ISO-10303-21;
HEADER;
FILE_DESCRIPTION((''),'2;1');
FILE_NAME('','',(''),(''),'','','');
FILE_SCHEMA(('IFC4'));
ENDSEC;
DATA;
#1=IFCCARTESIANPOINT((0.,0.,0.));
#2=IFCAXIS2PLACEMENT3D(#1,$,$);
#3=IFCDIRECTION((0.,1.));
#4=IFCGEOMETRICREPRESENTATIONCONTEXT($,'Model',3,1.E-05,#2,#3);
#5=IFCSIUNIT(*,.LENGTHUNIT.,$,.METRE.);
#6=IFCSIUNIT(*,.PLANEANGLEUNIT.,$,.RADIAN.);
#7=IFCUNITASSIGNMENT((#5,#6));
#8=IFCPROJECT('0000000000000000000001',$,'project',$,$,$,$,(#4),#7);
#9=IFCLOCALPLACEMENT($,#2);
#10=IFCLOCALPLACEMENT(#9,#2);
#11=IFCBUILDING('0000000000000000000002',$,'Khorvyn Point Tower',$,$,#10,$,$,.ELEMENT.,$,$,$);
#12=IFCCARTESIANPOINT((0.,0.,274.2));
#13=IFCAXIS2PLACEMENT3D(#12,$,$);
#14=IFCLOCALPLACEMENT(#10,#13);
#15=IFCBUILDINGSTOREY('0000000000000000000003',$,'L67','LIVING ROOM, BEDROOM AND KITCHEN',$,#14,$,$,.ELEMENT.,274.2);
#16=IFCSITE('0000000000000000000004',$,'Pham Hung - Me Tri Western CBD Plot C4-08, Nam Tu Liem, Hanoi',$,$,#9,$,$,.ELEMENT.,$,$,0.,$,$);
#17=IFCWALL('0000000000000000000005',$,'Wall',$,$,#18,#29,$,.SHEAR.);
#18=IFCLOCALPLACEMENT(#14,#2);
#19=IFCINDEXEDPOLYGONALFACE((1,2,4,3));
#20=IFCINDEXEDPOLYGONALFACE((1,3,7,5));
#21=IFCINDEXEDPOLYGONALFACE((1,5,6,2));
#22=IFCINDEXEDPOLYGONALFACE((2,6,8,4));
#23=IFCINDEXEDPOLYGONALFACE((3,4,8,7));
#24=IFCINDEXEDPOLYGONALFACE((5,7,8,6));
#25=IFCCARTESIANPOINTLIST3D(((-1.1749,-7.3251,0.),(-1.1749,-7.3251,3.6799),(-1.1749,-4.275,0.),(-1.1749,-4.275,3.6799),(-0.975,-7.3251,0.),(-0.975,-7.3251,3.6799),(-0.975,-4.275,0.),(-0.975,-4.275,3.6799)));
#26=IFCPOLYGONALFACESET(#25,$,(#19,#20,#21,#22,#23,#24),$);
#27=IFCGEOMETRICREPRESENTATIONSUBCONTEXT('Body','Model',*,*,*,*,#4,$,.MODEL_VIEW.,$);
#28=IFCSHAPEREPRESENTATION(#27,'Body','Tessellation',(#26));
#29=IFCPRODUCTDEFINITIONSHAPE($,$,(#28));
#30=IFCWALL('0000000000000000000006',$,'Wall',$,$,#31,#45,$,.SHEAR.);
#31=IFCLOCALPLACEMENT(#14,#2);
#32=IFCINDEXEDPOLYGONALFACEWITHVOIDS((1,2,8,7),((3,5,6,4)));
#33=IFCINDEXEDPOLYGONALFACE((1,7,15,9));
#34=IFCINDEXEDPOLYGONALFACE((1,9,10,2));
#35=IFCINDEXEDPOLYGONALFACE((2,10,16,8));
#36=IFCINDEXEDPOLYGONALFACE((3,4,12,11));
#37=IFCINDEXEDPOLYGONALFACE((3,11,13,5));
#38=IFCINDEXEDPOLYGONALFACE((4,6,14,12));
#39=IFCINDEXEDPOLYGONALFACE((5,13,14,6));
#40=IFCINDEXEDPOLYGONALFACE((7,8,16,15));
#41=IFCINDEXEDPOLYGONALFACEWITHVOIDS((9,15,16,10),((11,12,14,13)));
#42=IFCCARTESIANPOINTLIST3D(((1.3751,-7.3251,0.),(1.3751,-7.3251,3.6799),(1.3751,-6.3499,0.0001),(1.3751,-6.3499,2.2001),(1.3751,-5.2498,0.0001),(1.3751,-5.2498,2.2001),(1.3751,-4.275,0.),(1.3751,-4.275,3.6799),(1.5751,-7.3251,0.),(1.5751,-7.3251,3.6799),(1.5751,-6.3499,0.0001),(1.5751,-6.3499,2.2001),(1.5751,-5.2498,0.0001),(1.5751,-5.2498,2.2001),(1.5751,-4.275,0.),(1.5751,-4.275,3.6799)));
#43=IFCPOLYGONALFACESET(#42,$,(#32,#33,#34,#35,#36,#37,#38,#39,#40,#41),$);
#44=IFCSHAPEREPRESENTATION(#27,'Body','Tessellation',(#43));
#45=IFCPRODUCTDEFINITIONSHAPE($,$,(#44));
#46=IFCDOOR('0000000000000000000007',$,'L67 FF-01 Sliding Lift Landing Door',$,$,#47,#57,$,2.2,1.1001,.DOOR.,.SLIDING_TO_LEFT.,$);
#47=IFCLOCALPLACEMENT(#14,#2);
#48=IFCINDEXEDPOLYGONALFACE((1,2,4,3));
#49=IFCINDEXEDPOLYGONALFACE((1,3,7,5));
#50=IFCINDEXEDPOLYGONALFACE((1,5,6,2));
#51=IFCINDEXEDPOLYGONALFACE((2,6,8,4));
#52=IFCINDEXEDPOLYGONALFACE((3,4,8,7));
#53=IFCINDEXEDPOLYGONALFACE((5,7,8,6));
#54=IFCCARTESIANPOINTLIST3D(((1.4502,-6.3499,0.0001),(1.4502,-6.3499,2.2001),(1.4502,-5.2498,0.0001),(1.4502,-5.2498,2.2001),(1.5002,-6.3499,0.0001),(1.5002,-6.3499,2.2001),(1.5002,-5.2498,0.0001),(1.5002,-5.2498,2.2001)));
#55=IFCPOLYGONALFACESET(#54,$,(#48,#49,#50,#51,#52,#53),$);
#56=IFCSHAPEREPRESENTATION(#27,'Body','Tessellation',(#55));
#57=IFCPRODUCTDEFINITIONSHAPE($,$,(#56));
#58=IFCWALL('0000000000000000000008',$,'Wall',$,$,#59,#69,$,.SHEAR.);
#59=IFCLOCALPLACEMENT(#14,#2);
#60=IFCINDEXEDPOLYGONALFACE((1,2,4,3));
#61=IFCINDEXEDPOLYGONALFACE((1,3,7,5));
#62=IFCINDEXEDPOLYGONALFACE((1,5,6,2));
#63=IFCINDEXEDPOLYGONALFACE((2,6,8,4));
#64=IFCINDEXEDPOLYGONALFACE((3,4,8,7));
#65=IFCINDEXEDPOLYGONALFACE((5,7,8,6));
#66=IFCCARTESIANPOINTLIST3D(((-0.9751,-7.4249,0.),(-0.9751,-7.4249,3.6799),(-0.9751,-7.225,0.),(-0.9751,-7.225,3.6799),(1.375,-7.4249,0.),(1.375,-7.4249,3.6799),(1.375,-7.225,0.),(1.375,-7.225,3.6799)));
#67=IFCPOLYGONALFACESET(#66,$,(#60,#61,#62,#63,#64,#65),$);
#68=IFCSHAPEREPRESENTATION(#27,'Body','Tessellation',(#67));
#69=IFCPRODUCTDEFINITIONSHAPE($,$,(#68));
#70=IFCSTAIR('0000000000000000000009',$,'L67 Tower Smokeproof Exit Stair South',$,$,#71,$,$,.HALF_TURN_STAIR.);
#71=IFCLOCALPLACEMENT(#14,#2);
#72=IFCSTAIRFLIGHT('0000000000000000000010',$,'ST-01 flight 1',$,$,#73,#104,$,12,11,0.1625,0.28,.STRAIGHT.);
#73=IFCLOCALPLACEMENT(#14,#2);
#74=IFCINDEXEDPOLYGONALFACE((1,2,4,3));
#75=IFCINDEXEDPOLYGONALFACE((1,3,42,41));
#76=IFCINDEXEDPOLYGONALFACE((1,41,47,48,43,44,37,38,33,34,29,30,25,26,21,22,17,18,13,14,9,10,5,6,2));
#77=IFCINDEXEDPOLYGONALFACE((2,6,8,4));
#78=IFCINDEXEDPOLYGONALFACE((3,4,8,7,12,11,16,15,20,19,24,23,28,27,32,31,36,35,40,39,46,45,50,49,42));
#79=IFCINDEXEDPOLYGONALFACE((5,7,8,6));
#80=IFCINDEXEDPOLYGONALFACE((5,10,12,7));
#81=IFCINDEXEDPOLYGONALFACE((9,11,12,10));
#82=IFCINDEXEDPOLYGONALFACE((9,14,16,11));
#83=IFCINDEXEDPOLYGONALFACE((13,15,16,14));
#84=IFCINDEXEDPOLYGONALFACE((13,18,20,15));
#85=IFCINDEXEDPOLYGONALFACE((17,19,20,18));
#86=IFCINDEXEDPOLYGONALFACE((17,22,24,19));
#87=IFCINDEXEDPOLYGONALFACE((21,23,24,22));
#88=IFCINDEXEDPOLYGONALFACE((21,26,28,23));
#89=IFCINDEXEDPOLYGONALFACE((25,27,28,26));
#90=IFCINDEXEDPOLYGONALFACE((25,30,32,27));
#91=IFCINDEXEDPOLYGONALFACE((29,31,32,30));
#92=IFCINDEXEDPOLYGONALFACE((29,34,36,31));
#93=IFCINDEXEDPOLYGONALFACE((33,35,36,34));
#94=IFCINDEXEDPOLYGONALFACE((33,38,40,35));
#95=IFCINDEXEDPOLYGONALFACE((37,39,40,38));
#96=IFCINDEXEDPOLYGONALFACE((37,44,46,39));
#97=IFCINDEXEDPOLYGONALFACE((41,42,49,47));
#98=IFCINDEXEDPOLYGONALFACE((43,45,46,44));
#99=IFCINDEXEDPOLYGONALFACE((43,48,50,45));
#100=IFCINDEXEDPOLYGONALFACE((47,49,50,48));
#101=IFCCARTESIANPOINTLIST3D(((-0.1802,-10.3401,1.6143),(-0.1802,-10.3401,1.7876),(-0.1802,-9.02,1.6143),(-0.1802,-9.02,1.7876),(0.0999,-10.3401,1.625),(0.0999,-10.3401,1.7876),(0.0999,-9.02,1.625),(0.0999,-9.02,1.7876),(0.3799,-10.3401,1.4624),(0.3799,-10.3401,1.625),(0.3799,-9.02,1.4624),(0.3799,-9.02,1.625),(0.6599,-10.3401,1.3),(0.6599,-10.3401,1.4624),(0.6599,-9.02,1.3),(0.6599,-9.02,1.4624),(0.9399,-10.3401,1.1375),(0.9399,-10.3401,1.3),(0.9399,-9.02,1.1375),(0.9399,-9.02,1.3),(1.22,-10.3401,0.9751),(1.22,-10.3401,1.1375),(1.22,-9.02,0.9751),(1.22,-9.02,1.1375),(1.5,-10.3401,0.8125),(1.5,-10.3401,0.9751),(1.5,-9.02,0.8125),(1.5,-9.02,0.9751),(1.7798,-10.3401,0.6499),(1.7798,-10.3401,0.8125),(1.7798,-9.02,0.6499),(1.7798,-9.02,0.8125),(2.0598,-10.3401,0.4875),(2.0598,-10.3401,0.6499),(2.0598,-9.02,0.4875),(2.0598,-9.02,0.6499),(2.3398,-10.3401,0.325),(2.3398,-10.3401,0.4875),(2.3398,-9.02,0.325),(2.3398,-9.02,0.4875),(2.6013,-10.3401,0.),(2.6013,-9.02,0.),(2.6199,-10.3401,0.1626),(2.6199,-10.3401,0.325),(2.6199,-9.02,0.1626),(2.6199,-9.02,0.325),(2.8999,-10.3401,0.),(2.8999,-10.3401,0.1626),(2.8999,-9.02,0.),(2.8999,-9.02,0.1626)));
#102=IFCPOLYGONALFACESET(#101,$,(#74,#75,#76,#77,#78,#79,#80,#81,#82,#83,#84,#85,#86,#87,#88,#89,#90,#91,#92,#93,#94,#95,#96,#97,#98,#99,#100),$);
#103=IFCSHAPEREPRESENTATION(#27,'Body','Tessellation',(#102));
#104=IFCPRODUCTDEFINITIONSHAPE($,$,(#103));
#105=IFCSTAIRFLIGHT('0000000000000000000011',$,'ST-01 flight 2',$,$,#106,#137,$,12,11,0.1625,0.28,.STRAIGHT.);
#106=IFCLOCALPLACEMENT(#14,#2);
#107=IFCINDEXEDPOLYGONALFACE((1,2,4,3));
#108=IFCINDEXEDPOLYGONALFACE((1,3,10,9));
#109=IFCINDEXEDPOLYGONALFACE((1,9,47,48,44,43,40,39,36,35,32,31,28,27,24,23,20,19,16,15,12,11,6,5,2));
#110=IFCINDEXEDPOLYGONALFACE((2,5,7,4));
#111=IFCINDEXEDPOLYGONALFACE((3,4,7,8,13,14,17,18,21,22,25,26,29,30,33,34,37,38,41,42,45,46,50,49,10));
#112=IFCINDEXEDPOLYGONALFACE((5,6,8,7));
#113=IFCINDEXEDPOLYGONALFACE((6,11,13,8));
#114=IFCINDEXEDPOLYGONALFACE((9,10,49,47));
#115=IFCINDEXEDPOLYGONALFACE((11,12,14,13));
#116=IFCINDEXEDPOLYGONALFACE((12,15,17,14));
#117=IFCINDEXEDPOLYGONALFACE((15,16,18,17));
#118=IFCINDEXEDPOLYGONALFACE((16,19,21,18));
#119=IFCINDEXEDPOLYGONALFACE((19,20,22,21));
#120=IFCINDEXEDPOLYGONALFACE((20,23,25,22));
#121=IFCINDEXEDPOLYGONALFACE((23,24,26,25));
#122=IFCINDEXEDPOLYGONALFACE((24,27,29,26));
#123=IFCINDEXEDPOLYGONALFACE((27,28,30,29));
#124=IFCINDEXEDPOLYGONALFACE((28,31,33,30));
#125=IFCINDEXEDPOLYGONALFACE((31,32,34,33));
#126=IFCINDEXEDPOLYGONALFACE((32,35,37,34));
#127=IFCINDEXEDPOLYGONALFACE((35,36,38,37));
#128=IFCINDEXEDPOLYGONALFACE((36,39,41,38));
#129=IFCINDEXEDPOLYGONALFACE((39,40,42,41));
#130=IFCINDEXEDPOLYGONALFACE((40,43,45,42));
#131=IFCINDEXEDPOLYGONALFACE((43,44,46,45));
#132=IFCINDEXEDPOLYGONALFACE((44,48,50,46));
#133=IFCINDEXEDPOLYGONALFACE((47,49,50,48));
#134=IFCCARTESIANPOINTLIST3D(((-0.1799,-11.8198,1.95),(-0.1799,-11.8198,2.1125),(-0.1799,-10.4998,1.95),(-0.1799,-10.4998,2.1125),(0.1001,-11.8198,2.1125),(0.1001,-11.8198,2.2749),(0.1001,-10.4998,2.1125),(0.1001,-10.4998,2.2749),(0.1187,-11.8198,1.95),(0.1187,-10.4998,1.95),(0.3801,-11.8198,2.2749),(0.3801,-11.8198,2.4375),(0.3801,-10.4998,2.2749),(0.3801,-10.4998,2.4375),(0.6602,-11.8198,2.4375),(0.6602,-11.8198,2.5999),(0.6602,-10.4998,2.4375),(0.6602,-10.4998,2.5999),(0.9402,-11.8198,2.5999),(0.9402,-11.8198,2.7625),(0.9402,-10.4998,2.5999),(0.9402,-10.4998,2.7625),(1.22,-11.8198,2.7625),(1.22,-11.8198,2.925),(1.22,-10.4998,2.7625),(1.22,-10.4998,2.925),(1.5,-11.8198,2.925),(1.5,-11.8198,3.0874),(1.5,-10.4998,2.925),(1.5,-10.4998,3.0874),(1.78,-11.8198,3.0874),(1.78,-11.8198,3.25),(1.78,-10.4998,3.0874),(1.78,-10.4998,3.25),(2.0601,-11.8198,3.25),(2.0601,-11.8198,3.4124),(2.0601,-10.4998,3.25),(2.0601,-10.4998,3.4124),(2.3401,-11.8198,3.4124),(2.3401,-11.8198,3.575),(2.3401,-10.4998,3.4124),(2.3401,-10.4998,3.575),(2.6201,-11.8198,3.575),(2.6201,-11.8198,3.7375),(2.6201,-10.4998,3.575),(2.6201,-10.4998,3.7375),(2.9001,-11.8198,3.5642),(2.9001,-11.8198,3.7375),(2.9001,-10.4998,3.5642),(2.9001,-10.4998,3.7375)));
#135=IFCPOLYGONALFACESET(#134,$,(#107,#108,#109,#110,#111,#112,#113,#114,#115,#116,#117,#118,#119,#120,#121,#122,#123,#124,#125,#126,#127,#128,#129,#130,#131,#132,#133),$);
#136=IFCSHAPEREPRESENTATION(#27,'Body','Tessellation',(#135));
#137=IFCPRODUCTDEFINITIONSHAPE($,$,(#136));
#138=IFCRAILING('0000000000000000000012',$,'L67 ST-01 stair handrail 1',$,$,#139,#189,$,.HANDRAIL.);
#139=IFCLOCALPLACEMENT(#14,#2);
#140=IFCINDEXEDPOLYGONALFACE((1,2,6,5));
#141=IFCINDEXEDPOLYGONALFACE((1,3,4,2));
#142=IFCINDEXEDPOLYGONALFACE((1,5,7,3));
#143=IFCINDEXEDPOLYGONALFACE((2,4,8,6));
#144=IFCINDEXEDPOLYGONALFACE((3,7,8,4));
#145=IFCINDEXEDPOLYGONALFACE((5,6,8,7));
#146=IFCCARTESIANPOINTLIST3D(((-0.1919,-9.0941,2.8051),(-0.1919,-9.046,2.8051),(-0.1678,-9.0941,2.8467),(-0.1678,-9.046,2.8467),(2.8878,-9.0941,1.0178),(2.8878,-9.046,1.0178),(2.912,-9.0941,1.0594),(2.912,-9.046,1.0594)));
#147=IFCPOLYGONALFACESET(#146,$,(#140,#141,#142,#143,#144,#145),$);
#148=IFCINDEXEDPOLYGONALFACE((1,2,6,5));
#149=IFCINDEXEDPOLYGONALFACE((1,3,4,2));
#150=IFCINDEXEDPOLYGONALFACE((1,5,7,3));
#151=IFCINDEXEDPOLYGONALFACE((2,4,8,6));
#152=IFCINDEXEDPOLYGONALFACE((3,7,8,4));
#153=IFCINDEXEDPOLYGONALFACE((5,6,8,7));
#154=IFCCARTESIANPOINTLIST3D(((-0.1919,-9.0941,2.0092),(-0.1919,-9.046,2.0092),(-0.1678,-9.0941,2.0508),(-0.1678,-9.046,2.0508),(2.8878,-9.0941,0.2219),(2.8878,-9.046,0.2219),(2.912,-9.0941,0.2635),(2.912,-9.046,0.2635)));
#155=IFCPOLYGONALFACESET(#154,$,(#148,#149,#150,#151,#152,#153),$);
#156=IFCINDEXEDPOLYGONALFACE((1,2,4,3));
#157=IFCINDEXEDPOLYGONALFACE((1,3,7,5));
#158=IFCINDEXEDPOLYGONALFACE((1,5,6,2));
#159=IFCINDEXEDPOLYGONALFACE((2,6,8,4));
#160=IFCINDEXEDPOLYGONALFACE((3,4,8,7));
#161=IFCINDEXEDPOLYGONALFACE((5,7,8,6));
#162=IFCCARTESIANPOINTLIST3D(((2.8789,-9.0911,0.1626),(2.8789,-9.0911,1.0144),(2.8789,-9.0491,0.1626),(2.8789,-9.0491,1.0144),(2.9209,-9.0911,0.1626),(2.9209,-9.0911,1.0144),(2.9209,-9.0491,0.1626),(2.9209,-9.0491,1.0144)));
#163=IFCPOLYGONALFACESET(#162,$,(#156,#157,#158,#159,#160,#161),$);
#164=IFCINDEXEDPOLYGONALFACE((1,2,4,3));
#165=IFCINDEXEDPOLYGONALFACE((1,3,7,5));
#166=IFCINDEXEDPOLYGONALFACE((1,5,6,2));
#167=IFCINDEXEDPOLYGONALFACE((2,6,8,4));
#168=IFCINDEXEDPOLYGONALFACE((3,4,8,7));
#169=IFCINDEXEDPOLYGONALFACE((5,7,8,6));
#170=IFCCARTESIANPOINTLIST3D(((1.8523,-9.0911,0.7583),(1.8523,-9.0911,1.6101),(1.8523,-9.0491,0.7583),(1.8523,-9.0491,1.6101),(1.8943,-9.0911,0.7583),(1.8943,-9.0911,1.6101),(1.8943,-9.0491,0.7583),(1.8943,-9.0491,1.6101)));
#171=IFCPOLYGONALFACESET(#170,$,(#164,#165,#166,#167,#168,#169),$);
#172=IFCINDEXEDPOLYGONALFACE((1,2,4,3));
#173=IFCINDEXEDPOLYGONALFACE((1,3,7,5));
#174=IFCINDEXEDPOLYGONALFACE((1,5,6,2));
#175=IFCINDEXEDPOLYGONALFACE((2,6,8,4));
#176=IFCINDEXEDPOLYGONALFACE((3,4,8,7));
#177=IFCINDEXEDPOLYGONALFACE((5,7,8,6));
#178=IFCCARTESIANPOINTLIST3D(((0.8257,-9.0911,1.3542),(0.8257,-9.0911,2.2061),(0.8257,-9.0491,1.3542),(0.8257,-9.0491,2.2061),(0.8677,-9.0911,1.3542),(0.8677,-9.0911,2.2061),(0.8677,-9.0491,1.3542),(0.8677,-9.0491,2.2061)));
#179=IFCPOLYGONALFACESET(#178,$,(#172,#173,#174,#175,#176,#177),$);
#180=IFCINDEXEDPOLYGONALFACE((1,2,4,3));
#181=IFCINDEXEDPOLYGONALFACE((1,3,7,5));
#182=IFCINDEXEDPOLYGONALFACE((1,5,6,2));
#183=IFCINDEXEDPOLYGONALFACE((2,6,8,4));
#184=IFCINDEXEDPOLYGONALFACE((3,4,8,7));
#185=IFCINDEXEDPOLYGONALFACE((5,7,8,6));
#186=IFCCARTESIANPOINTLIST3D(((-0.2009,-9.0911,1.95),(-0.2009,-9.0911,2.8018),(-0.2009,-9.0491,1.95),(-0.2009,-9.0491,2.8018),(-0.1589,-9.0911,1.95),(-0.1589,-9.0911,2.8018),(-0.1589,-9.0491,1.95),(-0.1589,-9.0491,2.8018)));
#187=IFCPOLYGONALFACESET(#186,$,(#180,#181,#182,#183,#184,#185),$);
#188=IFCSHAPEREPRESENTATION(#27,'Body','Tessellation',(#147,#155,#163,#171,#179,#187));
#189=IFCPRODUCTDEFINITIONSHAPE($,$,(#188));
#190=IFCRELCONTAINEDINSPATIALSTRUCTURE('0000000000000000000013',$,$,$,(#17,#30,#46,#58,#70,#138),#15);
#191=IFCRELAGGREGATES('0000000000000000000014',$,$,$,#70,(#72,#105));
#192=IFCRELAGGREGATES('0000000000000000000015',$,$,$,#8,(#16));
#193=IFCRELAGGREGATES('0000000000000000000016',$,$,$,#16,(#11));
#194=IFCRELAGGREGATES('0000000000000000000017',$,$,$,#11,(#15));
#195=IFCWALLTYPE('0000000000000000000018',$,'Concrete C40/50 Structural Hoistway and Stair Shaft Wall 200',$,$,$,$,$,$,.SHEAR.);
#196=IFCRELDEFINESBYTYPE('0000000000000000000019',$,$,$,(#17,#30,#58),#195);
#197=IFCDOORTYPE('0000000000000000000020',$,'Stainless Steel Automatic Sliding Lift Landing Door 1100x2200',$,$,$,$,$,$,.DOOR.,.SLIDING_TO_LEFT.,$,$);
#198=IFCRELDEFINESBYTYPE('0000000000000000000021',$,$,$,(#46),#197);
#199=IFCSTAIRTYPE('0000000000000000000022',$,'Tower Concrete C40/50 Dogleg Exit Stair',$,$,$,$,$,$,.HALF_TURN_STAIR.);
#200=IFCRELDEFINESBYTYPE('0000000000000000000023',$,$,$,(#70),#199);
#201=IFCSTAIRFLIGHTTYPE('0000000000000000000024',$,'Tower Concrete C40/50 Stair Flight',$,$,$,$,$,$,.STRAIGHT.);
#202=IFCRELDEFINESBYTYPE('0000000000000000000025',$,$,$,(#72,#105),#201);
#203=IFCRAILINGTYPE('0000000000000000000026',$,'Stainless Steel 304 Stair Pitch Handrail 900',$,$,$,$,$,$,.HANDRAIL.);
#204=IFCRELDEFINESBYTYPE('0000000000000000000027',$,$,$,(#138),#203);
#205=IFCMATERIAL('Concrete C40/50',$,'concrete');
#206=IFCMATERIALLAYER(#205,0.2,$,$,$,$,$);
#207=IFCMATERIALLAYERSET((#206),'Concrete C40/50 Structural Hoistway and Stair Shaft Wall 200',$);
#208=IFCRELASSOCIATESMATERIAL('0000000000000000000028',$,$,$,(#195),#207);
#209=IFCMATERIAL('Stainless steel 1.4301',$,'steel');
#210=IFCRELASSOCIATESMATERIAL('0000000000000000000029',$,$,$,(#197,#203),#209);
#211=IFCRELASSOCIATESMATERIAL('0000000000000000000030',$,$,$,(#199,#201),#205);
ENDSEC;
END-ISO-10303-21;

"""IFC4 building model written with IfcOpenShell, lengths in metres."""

from ifc_helpers import new_model, si_unit, direction, frame, frame_2d, origin, origin_2d, place, context, subcontext, project, spatial, polyline, rectangle, outline, extrude, material, layer, layer_set, type_object, element, fill, aggregate, save


model = new_model("IFC4")

# Units and contexts
model_context = context("Model", 3, precision=1e-05, world=origin(), true_north=direction((0.0, 1.0)))
body_context = subcontext(model_context, "Body", "Model", "MODEL_VIEW")
ifc_project = project(units=[si_unit("LENGTHUNIT", "METRE"), si_unit("PLANEANGLEUNIT", "RADIAN")], contexts=[model_context])

# Site, building, storey
site_placement = place(None, origin())
site = spatial("IfcSite", under=ifc_project, at=site_placement, Name="Pham Hung - Me Tri Western CBD Plot C4-08, Nam Tu Liem, Hanoi", CompositionType="ELEMENT", RefElevation=0.0)
building_placement = place(site_placement, origin())
building = spatial("IfcBuilding", under=site, at=building_placement, Name="Khorvyn Point Tower", CompositionType="ELEMENT")
storey_placement = place(building_placement, frame((0.0, 0.0, 274.2)))
storey = spatial("IfcBuildingStorey", under=building, at=storey_placement, Name="L67", Description="LIVING ROOM, BEDROOM AND KITCHEN", CompositionType="ELEMENT", Elevation=274.2)

# Shared definitions
ifc_material_1 = material(Name="Concrete C40/50", Category="concrete")

# Wall
ifc_layer_1 = layer(ifc_material_1, 0.2)
ifc_layer_set_1 = layer_set([ifc_layer_1], Name="Concrete C40/50 Structural Hoistway and Stair Shaft Wall 200")
wall_type_1 = type_object("IfcWallType", Name="Concrete C40/50 Structural Hoistway and Stair Shaft Wall 200", PredefinedType="SHEAR", material=ifc_layer_set_1)
wall_1_placement = place(storey_placement, frame((-1.075, -7.325, 0.0), z_axis=(0.0, 0.0, 1.0), x_axis=(0.0, 1.0, 0.0)))
element("IfcWall", 1, at=wall_1_placement, inside=storey, type_object=wall_type_1, Name="Wall", PredefinedType="SHEAR", context=body_context, shape_type="SweptSolid", body=[
    extrude(rectangle(XDim=3.05, YDim=0.2, at=frame_2d((1.5249, 0.0))), origin(), (0.0, 0.0, 1.0), 3.6799),
])

# Wall, opening, door
wall_2_placement = place(storey_placement, frame((1.4751, -7.325, 0.0), z_axis=(0.0, 0.0, 1.0), x_axis=(0.0, 1.0, 0.0)))
wall_2 = element("IfcWall", 2, at=wall_2_placement, inside=storey, type_object=wall_type_1, Name="Wall", PredefinedType="SHEAR", context=body_context, shape_type="SweptSolid", body=[
    extrude(rectangle(XDim=3.05, YDim=0.2, at=frame_2d((1.5249, 0.0))), origin(), (0.0, 0.0, 1.0), 3.6799),
])
opening_1_placement = place(wall_2_placement, frame((0.9751, 0.0, 0.0)))
opening_1 = element("IfcOpeningElement", 3, at=opening_1_placement, cuts=wall_2, PredefinedType="OPENING", context=body_context, shape_type="SweptSolid", body=[
    extrude(rectangle(XDim=1.1001, YDim=2.2, at=frame_2d((0.55, 1.1001))), frame((0.0, 0.1099, 0.0), z_axis=(0.0, -1.0, 0.0), x_axis=(1.0, 0.0, 0.0)), (0.0, 0.0, 1.0), 0.22),
])
ifc_material_2 = material(Name="Stainless steel 1.4301", Category="steel")
door_type_1 = type_object("IfcDoorType", Name="Stainless Steel Automatic Sliding Lift Landing Door 1100x2200", OperationType="SLIDING_TO_LEFT", PredefinedType="DOOR", material=ifc_material_2)
door_1_placement = place(opening_1_placement, origin())
door_1 = element("IfcDoor", 4, at=door_1_placement, inside=storey, type_object=door_type_1, Name="L67 FF-01 Sliding Lift Landing Door", OperationType="SLIDING_TO_LEFT", OverallHeight=2.2, OverallWidth=1.1001, PredefinedType="DOOR", context=body_context, shape_type="SweptSolid", body=[
    extrude(rectangle(XDim=1.1001, YDim=2.2, at=frame_2d((0.55, 1.1001))), frame((0.0, 0.0249, 0.0), z_axis=(0.0, -1.0, 0.0), x_axis=(1.0, 0.0, 0.0)), (0.0, 0.0, 1.0), 0.05),
])
fill(opening_1, door_1)

# Wall
wall_3_placement = place(storey_placement, frame((-0.9751, -7.325, 0.0), z_axis=(0.0, 0.0, 1.0), x_axis=(1.0, 0.0, 0.0)))
element("IfcWall", 5, at=wall_3_placement, inside=storey, type_object=wall_type_1, Name="Wall", PredefinedType="SHEAR", context=body_context, shape_type="SweptSolid", body=[
    extrude(rectangle(XDim=2.3501, YDim=0.2, at=frame_2d((1.175, 0.0))), origin(), (0.0, 0.0, 1.0), 3.6799),
])

# Stair, stair flights
stair_type = type_object("IfcStairType", Name="Tower Concrete C40/50 Dogleg Exit Stair", PredefinedType="HALF_TURN_STAIR", material=ifc_material_1)
stair_placement = place(storey_placement, origin())
stair = element("IfcStair", 6, at=stair_placement, inside=storey, type_object=stair_type, Name="L67 Tower Smokeproof Exit Stair South", PredefinedType="HALF_TURN_STAIR")
stair_flight_type = type_object("IfcStairFlightType", Name="Tower Concrete C40/50 Stair Flight", PredefinedType="STRAIGHT", material=ifc_material_1)
stair_flight_1_placement = place(storey_placement, frame((2.8999, -9.6799, 0.0), z_axis=(0.0, 0.0, 1.0), x_axis=(-1.0, 0.0, 0.0)))
stair_flight_1 = element("IfcStairFlight", 7, at=stair_flight_1_placement, type_object=stair_flight_type, Name="ST-01 flight 1", NumberOfRisers=12, NumberOfTreads=11, PredefinedType="STRAIGHT", RiserHeight=0.1625, TreadLength=0.28, context=body_context, shape_type="SweptSolid", body=[
    extrude(outline(polyline([(0.0, 0.0), (0.0, 0.1626), (0.28, 0.1626), (0.28, 0.325), (0.5601, 0.325), (0.5601, 0.4875), (0.8401, 0.4875), (0.8401, 0.6499), (1.1201, 0.6499), (1.1201, 0.8125), (1.3999, 0.8125), (1.3999, 0.9751), (1.6799, 0.9751), (1.6799, 1.1375), (1.96, 1.1375), (1.96, 1.3), (2.24, 1.3), (2.24, 1.4624), (2.52, 1.4624), (2.52, 1.625), (2.8, 1.625), (2.8, 1.7876), (3.0801, 1.7876), (3.0801, 1.95), (3.0801, 1.6143), (0.2986, 0.0), (0.0, 0.0)])), frame((0.0, 0.6602, 0.0), z_axis=(0.0, -1.0, 0.0), x_axis=(1.0, 0.0, 0.0)), (0.0, 0.0, 1.0), 1.3201),
])
stair_flight_2_placement = place(storey_placement, frame((-0.1799, -11.1599, 1.95), z_axis=(0.0, 0.0, 1.0), x_axis=(1.0, 0.0, 0.0)))
stair_flight_2 = element("IfcStairFlight", 8, at=stair_flight_2_placement, type_object=stair_flight_type, Name="ST-01 flight 2", NumberOfRisers=12, NumberOfTreads=11, PredefinedType="STRAIGHT", RiserHeight=0.1625, TreadLength=0.28, context=body_context, shape_type="SweptSolid", body=[
    extrude(outline(polyline([(0.0, 0.0), (0.0, 0.1626), (0.28, 0.1626), (0.28, 0.325), (0.5601, 0.325), (0.5601, 0.4875), (0.8401, 0.4875), (0.8401, 0.6499), (1.1201, 0.6499), (1.1201, 0.8125), (1.3999, 0.8125), (1.3999, 0.9751), (1.6799, 0.9751), (1.6799, 1.1375), (1.96, 1.1375), (1.96, 1.3), (2.24, 1.3), (2.24, 1.4624), (2.52, 1.4624), (2.52, 1.625), (2.8, 1.625), (2.8, 1.7876), (3.0801, 1.7876), (3.0801, 1.95), (3.0801, 1.6143), (0.2986, 0.0), (0.0, 0.0)])), frame((0.0, 0.6602, 0.0), z_axis=(0.0, -1.0, 0.0), x_axis=(1.0, 0.0, 0.0)), (0.0, 0.0, 1.0), 1.3201),
])
aggregate(stair, [stair_flight_1, stair_flight_2])

# Railing
railing_type_1 = type_object("IfcRailingType", Name="Stainless Steel 304 Stair Pitch Handrail 900", PredefinedType="HANDRAIL", material=ifc_material_2)
railing_1_placement = place(storey_placement, frame((2.8999, -9.0701, 0.1626)))
element("IfcRailing", 9, at=railing_1_placement, inside=storey, type_object=railing_type_1, Name="L67 ST-01 stair handrail 1", PredefinedType="HANDRAIL", context=body_context, shape_type="SweptSolid", body=[
    extrude(rectangle(XDim=0.0481, YDim=0.0481, at=origin_2d()), frame((0.0, 0.0, 0.876), z_axis=(-0.864903, 0.0, 0.501939), x_axis=(0.0, -1.0, 0.0)), (0.0, 0.0, 1.0), 3.5608),
    extrude(rectangle(XDim=0.0481, YDim=0.0481, at=origin_2d()), frame((0.0, 0.0, 0.0801), z_axis=(-0.864903, 0.0, 0.501939), x_axis=(0.0, -1.0, 0.0)), (0.0, 0.0, 1.0), 3.5608),
    extrude(rectangle(XDim=0.042, YDim=0.042, at=origin_2d()), origin(), (0.0, 0.0, 1.0), 0.8518),
    extrude(rectangle(XDim=0.042, YDim=0.042, at=origin_2d()), frame((-1.0266, 0.0, 0.5957)), (0.0, 0.0, 1.0), 0.8518),
    extrude(rectangle(XDim=0.042, YDim=0.042, at=origin_2d()), frame((-2.0532, 0.0, 1.1917)), (0.0, 0.0, 1.0), 0.8518),
    extrude(rectangle(XDim=0.042, YDim=0.042, at=origin_2d()), frame((-3.0798, 0.0, 1.7874)), (0.0, 0.0, 1.0), 0.8518),
])

save(model, "model.ifc")
